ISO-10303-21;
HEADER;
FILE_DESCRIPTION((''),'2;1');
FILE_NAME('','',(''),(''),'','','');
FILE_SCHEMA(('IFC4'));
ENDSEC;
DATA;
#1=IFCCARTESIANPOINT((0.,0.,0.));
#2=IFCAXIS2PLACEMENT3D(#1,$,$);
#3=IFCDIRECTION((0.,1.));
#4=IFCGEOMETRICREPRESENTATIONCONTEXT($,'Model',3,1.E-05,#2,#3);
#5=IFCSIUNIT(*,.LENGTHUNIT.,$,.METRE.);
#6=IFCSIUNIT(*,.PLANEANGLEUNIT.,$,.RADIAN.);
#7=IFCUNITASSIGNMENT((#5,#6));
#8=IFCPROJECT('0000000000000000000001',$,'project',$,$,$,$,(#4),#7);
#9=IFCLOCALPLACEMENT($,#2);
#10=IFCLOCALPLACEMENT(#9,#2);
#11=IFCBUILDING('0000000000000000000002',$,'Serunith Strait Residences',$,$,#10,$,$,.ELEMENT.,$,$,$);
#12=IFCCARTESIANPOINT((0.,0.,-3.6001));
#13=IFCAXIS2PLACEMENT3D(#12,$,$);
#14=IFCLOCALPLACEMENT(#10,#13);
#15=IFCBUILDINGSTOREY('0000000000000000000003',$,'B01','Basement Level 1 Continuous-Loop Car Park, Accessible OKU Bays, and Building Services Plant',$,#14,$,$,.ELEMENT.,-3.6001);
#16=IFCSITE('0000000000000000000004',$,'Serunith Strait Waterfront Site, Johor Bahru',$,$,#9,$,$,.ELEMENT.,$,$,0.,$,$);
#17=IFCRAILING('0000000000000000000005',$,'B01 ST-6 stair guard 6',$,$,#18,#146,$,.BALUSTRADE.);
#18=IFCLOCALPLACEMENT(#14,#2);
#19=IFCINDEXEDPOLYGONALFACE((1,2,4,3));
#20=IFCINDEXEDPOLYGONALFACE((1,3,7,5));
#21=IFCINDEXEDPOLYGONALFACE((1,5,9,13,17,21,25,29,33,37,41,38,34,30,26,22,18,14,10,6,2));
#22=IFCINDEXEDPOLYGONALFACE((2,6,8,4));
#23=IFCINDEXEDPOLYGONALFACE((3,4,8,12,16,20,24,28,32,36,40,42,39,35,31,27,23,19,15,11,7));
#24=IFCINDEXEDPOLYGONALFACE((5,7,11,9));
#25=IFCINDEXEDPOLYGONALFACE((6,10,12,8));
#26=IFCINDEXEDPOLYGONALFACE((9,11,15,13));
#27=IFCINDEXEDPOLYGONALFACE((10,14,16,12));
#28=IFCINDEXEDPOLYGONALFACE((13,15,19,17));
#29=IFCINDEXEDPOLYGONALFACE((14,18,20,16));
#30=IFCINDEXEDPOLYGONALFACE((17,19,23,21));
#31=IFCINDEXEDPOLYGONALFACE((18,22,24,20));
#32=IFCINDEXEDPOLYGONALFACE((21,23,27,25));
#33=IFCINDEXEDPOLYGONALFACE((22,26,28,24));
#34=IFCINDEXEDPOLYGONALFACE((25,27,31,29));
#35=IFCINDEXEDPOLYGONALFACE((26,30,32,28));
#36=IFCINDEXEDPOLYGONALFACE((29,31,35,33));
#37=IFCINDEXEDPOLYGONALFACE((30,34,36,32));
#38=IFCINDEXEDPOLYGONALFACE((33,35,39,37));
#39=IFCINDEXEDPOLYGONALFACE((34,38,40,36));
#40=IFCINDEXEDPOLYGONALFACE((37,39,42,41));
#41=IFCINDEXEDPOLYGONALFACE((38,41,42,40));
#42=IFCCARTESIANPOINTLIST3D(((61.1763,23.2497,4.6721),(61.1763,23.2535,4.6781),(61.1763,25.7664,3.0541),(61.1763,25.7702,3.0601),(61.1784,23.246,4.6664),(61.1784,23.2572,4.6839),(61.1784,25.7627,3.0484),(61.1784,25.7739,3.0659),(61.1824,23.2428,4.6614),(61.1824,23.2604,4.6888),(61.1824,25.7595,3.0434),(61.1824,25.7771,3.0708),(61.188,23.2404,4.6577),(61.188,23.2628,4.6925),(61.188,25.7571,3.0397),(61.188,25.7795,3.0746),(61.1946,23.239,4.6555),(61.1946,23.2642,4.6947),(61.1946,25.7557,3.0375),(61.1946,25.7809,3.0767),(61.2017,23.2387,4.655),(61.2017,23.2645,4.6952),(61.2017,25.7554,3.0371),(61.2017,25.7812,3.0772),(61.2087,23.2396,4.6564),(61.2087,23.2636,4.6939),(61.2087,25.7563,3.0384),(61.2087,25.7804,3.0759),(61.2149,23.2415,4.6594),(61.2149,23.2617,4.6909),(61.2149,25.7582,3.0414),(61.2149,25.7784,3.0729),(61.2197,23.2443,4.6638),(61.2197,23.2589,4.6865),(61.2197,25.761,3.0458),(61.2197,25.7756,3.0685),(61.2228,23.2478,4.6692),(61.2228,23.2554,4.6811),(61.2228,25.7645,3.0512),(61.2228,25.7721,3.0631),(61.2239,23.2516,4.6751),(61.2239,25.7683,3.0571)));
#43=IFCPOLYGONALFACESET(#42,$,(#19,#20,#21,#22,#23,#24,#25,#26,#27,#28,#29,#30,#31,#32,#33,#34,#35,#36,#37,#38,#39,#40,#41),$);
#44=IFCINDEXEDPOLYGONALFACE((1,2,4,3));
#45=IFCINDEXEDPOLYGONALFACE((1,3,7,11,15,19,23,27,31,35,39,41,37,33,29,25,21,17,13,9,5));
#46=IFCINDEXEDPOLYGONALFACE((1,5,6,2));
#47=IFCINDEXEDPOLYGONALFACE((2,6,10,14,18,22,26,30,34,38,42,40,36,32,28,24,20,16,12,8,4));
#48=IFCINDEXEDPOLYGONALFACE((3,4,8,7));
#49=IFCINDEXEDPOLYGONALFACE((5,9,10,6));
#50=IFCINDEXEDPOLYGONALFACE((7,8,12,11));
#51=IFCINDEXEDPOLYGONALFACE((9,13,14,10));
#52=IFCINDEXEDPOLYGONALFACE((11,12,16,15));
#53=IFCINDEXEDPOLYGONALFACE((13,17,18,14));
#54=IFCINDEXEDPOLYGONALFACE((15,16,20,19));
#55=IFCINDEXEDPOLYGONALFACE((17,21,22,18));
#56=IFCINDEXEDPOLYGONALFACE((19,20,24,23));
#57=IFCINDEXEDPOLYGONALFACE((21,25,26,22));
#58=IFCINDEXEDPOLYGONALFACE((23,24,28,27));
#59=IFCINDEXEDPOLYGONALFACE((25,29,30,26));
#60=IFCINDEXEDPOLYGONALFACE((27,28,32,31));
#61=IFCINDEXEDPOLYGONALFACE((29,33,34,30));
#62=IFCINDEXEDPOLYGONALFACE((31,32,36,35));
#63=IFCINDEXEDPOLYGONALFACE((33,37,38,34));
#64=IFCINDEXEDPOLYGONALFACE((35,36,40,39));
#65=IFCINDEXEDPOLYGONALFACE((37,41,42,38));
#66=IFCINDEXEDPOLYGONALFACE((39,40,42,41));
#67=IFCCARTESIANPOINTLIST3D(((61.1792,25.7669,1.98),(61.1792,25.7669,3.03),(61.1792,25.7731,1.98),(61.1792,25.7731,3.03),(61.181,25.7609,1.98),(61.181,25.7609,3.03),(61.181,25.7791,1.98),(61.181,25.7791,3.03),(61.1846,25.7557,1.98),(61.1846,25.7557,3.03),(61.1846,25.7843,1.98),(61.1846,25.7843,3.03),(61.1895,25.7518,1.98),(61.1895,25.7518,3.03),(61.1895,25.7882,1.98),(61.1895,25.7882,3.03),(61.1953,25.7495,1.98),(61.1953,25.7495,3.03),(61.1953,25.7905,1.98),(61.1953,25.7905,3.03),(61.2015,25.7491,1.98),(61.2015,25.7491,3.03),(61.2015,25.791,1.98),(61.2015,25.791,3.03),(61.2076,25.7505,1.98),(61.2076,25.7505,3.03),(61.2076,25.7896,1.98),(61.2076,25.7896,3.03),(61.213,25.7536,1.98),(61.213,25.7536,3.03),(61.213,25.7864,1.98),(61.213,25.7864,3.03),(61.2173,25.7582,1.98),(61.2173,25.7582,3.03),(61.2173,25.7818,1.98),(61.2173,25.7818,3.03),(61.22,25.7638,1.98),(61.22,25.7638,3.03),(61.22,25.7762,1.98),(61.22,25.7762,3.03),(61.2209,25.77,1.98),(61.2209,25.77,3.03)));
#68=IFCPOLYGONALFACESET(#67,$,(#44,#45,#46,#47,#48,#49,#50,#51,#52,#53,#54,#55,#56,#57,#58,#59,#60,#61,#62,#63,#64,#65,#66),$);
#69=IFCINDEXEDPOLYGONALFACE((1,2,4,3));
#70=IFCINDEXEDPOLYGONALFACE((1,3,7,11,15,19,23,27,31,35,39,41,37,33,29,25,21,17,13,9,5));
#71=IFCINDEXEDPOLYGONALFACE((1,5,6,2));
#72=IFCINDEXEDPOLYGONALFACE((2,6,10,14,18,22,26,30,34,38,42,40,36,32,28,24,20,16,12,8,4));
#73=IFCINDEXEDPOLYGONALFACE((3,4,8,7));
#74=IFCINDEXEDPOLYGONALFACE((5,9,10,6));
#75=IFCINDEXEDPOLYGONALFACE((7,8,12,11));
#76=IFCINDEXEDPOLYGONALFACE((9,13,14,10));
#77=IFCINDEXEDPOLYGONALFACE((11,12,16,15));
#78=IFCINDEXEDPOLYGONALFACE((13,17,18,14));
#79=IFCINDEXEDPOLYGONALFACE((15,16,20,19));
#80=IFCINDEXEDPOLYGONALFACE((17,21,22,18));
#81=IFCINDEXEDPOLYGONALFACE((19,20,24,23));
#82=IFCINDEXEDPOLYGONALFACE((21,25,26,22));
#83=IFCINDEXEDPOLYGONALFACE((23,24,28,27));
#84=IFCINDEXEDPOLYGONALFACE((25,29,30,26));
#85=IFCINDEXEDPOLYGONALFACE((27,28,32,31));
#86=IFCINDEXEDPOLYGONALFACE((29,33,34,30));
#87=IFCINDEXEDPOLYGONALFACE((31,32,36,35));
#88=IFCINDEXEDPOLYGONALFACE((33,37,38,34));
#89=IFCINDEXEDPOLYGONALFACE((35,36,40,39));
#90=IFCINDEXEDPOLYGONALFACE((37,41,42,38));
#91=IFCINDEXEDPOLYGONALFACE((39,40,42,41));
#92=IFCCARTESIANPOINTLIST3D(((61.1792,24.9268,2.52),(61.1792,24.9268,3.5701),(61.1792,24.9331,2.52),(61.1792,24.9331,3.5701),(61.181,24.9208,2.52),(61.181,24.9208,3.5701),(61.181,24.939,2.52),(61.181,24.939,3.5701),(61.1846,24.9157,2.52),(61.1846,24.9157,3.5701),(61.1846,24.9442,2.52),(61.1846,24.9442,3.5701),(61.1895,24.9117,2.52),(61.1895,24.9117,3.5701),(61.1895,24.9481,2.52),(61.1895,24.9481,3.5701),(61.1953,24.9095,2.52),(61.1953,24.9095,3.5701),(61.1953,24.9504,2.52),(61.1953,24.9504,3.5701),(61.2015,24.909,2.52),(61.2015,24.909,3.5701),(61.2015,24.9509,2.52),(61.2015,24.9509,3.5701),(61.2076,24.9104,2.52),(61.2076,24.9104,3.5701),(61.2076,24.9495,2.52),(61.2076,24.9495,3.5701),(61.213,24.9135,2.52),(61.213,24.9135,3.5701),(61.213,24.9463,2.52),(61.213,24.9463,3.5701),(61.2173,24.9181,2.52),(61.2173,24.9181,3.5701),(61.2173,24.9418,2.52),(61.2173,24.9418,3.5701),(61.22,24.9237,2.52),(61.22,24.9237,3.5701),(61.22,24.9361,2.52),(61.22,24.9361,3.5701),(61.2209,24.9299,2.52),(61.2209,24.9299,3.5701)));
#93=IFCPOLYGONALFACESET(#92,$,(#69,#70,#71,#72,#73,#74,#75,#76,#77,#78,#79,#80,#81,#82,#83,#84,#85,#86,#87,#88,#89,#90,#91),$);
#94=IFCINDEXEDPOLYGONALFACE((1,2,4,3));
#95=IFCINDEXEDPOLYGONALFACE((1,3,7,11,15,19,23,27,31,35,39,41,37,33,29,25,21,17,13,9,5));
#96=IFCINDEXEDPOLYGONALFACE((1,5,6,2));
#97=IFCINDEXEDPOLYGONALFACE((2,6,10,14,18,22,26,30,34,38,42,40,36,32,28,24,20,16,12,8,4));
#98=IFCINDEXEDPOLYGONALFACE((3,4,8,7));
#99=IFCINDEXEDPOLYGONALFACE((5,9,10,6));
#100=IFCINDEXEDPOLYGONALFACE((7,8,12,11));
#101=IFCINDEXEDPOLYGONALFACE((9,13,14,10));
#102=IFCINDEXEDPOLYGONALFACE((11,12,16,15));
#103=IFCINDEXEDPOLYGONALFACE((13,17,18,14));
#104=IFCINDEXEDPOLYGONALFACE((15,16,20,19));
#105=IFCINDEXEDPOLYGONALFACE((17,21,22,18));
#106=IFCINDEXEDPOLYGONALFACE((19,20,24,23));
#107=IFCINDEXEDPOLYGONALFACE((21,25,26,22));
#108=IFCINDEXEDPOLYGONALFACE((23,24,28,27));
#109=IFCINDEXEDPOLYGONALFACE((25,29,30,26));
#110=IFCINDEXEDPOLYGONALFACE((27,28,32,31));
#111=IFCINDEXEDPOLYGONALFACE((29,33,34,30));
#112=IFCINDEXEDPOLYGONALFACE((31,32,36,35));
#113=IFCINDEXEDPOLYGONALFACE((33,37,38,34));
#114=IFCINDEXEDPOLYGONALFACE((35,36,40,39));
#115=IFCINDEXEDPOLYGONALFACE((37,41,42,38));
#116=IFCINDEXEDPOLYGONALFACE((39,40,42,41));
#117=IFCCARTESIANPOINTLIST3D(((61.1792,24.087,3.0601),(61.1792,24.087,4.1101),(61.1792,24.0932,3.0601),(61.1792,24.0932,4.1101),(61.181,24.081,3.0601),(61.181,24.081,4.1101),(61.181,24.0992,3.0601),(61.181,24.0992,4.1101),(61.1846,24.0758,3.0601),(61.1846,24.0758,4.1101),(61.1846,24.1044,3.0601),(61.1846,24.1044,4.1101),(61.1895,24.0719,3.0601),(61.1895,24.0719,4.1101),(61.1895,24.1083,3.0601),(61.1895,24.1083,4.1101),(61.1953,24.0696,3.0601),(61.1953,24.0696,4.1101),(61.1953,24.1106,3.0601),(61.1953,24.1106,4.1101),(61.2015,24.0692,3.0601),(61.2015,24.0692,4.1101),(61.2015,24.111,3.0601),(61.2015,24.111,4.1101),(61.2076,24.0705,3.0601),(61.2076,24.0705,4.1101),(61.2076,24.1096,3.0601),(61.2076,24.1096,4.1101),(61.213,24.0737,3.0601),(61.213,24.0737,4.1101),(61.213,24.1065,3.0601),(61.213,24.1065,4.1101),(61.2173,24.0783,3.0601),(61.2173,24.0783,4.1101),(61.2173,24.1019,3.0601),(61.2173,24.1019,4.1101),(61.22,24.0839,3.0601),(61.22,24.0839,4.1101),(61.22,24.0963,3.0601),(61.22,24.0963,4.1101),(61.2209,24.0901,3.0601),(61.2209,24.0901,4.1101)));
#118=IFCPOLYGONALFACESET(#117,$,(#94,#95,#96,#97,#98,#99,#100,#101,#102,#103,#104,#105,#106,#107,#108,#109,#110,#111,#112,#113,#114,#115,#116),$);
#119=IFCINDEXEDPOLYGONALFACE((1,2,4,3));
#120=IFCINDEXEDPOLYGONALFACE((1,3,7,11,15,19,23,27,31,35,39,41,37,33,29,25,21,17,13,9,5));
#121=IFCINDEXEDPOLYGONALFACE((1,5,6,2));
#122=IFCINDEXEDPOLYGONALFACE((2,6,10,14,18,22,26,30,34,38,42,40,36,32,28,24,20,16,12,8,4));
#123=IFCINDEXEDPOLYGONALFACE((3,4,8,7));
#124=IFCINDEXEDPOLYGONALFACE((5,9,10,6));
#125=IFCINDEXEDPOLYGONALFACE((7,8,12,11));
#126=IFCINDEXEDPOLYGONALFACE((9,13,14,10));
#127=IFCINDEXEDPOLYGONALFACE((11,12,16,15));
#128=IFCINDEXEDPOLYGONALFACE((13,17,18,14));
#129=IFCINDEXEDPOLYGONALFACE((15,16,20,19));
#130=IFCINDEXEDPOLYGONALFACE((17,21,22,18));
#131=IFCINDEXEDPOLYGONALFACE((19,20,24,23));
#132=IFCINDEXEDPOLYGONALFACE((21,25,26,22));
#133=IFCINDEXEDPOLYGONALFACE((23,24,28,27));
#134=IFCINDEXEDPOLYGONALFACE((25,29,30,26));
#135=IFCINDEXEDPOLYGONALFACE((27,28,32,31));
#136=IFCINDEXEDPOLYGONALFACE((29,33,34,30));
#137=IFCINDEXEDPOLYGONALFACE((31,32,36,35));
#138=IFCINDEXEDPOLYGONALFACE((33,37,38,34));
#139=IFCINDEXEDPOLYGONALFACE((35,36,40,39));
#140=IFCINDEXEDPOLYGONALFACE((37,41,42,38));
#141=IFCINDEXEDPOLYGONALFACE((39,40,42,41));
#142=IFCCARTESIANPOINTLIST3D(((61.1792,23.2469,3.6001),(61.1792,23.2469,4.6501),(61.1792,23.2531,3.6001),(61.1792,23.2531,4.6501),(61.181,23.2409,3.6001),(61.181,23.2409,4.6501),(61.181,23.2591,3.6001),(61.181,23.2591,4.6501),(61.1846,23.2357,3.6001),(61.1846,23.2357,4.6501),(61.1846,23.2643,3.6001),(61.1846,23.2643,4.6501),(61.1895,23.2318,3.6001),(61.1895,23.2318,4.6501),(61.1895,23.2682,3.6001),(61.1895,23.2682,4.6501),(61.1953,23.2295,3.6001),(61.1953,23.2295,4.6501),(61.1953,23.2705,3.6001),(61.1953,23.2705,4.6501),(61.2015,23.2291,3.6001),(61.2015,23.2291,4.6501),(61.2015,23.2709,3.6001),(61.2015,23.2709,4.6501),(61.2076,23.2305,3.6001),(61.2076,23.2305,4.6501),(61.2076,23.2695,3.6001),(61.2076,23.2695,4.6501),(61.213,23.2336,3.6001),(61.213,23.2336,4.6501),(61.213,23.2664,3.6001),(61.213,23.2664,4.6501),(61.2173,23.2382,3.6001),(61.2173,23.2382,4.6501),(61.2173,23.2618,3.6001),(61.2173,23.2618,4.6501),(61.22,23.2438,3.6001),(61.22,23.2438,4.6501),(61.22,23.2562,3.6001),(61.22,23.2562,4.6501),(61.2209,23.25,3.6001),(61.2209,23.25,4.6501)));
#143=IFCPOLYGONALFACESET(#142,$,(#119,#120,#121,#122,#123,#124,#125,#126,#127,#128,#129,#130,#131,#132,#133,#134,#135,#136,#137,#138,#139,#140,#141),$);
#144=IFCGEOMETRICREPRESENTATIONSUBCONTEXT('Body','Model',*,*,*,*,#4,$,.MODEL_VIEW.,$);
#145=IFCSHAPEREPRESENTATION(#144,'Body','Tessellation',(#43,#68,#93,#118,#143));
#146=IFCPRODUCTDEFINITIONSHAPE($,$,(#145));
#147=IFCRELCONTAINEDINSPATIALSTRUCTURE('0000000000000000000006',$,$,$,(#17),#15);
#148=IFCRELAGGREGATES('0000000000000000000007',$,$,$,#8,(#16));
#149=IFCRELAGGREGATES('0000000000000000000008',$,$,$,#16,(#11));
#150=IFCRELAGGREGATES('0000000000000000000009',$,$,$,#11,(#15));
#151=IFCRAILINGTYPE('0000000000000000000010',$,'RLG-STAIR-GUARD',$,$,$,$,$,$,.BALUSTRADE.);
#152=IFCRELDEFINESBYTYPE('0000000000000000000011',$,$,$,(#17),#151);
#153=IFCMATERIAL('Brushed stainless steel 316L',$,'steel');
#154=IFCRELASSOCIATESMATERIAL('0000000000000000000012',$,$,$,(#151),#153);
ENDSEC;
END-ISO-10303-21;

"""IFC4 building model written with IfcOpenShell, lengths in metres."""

from ifc_helpers import new_model, si_unit, direction, frame, origin, origin_2d, place, context, subcontext, project, spatial, circle, extrude, material, type_object, element, save


model = new_model("IFC4")

# Units and contexts
model_context = context("Model", 3, precision=1e-05, world=origin(), true_north=direction((0.0, 1.0)))
body_context = subcontext(model_context, "Body", "Model", "MODEL_VIEW")
ifc_project = project(units=[si_unit("LENGTHUNIT", "METRE"), si_unit("PLANEANGLEUNIT", "RADIAN")], contexts=[model_context])

# Site, building, storey
site_placement = place(None, origin())
site = spatial("IfcSite", under=ifc_project, at=site_placement, Name="Serunith Strait Waterfront Site, Johor Bahru", CompositionType="ELEMENT", RefElevation=0.0)
building_placement = place(site_placement, origin())
building = spatial("IfcBuilding", under=site, at=building_placement, Name="Serunith Strait Residences", CompositionType="ELEMENT")
storey_placement = place(building_placement, frame((0.0, 0.0, -3.6001)))
storey = spatial("IfcBuildingStorey", under=building, at=storey_placement, Name="B01", Description="Basement Level 1 Continuous-Loop Car Park, Accessible OKU Bays, and Building Services Plant", CompositionType="ELEMENT", Elevation=-3.6001)

# Railing
ifc_material_1 = material(Name="Brushed stainless steel 316L", Category="steel")
railing_type_1 = type_object("IfcRailingType", Name="RLG-STAIR-GUARD", PredefinedType="BALUSTRADE", material=ifc_material_1)
railing_1_placement = place(storey_placement, frame((61.2, 25.77, 1.98)))
element("IfcRailing", 1, at=railing_1_placement, inside=storey, type_object=railing_type_1, Name="B01 ST-6 stair guard 6", PredefinedType="BALUSTRADE", context=body_context, shape_type="SweptSolid", body=[
    extrude(circle(Radius=0.0239, at=origin_2d()), frame((0.0, -0.0017, 1.0771), z_axis=(0.0, -0.841163, 0.540782), x_axis=(1.0, 0.0, 0.0)), (0.0, 0.0, 1.0), 2.9919),
    extrude(circle(Radius=0.021, at=origin_2d()), origin(), (0.0, 0.0, 1.0), 1.05),
    extrude(circle(Radius=0.021, at=origin_2d()), frame((0.0, -0.8401, 0.54)), (0.0, 0.0, 1.0), 1.05),
    extrude(circle(Radius=0.021, at=origin_2d()), frame((0.0, -1.6799, 1.0801)), (0.0, 0.0, 1.0), 1.05),
    extrude(circle(Radius=0.021, at=origin_2d()), frame((0.0, -2.52, 1.6201)), (0.0, 0.0, 1.0), 1.05),
])

save(model, "model.ifc")
